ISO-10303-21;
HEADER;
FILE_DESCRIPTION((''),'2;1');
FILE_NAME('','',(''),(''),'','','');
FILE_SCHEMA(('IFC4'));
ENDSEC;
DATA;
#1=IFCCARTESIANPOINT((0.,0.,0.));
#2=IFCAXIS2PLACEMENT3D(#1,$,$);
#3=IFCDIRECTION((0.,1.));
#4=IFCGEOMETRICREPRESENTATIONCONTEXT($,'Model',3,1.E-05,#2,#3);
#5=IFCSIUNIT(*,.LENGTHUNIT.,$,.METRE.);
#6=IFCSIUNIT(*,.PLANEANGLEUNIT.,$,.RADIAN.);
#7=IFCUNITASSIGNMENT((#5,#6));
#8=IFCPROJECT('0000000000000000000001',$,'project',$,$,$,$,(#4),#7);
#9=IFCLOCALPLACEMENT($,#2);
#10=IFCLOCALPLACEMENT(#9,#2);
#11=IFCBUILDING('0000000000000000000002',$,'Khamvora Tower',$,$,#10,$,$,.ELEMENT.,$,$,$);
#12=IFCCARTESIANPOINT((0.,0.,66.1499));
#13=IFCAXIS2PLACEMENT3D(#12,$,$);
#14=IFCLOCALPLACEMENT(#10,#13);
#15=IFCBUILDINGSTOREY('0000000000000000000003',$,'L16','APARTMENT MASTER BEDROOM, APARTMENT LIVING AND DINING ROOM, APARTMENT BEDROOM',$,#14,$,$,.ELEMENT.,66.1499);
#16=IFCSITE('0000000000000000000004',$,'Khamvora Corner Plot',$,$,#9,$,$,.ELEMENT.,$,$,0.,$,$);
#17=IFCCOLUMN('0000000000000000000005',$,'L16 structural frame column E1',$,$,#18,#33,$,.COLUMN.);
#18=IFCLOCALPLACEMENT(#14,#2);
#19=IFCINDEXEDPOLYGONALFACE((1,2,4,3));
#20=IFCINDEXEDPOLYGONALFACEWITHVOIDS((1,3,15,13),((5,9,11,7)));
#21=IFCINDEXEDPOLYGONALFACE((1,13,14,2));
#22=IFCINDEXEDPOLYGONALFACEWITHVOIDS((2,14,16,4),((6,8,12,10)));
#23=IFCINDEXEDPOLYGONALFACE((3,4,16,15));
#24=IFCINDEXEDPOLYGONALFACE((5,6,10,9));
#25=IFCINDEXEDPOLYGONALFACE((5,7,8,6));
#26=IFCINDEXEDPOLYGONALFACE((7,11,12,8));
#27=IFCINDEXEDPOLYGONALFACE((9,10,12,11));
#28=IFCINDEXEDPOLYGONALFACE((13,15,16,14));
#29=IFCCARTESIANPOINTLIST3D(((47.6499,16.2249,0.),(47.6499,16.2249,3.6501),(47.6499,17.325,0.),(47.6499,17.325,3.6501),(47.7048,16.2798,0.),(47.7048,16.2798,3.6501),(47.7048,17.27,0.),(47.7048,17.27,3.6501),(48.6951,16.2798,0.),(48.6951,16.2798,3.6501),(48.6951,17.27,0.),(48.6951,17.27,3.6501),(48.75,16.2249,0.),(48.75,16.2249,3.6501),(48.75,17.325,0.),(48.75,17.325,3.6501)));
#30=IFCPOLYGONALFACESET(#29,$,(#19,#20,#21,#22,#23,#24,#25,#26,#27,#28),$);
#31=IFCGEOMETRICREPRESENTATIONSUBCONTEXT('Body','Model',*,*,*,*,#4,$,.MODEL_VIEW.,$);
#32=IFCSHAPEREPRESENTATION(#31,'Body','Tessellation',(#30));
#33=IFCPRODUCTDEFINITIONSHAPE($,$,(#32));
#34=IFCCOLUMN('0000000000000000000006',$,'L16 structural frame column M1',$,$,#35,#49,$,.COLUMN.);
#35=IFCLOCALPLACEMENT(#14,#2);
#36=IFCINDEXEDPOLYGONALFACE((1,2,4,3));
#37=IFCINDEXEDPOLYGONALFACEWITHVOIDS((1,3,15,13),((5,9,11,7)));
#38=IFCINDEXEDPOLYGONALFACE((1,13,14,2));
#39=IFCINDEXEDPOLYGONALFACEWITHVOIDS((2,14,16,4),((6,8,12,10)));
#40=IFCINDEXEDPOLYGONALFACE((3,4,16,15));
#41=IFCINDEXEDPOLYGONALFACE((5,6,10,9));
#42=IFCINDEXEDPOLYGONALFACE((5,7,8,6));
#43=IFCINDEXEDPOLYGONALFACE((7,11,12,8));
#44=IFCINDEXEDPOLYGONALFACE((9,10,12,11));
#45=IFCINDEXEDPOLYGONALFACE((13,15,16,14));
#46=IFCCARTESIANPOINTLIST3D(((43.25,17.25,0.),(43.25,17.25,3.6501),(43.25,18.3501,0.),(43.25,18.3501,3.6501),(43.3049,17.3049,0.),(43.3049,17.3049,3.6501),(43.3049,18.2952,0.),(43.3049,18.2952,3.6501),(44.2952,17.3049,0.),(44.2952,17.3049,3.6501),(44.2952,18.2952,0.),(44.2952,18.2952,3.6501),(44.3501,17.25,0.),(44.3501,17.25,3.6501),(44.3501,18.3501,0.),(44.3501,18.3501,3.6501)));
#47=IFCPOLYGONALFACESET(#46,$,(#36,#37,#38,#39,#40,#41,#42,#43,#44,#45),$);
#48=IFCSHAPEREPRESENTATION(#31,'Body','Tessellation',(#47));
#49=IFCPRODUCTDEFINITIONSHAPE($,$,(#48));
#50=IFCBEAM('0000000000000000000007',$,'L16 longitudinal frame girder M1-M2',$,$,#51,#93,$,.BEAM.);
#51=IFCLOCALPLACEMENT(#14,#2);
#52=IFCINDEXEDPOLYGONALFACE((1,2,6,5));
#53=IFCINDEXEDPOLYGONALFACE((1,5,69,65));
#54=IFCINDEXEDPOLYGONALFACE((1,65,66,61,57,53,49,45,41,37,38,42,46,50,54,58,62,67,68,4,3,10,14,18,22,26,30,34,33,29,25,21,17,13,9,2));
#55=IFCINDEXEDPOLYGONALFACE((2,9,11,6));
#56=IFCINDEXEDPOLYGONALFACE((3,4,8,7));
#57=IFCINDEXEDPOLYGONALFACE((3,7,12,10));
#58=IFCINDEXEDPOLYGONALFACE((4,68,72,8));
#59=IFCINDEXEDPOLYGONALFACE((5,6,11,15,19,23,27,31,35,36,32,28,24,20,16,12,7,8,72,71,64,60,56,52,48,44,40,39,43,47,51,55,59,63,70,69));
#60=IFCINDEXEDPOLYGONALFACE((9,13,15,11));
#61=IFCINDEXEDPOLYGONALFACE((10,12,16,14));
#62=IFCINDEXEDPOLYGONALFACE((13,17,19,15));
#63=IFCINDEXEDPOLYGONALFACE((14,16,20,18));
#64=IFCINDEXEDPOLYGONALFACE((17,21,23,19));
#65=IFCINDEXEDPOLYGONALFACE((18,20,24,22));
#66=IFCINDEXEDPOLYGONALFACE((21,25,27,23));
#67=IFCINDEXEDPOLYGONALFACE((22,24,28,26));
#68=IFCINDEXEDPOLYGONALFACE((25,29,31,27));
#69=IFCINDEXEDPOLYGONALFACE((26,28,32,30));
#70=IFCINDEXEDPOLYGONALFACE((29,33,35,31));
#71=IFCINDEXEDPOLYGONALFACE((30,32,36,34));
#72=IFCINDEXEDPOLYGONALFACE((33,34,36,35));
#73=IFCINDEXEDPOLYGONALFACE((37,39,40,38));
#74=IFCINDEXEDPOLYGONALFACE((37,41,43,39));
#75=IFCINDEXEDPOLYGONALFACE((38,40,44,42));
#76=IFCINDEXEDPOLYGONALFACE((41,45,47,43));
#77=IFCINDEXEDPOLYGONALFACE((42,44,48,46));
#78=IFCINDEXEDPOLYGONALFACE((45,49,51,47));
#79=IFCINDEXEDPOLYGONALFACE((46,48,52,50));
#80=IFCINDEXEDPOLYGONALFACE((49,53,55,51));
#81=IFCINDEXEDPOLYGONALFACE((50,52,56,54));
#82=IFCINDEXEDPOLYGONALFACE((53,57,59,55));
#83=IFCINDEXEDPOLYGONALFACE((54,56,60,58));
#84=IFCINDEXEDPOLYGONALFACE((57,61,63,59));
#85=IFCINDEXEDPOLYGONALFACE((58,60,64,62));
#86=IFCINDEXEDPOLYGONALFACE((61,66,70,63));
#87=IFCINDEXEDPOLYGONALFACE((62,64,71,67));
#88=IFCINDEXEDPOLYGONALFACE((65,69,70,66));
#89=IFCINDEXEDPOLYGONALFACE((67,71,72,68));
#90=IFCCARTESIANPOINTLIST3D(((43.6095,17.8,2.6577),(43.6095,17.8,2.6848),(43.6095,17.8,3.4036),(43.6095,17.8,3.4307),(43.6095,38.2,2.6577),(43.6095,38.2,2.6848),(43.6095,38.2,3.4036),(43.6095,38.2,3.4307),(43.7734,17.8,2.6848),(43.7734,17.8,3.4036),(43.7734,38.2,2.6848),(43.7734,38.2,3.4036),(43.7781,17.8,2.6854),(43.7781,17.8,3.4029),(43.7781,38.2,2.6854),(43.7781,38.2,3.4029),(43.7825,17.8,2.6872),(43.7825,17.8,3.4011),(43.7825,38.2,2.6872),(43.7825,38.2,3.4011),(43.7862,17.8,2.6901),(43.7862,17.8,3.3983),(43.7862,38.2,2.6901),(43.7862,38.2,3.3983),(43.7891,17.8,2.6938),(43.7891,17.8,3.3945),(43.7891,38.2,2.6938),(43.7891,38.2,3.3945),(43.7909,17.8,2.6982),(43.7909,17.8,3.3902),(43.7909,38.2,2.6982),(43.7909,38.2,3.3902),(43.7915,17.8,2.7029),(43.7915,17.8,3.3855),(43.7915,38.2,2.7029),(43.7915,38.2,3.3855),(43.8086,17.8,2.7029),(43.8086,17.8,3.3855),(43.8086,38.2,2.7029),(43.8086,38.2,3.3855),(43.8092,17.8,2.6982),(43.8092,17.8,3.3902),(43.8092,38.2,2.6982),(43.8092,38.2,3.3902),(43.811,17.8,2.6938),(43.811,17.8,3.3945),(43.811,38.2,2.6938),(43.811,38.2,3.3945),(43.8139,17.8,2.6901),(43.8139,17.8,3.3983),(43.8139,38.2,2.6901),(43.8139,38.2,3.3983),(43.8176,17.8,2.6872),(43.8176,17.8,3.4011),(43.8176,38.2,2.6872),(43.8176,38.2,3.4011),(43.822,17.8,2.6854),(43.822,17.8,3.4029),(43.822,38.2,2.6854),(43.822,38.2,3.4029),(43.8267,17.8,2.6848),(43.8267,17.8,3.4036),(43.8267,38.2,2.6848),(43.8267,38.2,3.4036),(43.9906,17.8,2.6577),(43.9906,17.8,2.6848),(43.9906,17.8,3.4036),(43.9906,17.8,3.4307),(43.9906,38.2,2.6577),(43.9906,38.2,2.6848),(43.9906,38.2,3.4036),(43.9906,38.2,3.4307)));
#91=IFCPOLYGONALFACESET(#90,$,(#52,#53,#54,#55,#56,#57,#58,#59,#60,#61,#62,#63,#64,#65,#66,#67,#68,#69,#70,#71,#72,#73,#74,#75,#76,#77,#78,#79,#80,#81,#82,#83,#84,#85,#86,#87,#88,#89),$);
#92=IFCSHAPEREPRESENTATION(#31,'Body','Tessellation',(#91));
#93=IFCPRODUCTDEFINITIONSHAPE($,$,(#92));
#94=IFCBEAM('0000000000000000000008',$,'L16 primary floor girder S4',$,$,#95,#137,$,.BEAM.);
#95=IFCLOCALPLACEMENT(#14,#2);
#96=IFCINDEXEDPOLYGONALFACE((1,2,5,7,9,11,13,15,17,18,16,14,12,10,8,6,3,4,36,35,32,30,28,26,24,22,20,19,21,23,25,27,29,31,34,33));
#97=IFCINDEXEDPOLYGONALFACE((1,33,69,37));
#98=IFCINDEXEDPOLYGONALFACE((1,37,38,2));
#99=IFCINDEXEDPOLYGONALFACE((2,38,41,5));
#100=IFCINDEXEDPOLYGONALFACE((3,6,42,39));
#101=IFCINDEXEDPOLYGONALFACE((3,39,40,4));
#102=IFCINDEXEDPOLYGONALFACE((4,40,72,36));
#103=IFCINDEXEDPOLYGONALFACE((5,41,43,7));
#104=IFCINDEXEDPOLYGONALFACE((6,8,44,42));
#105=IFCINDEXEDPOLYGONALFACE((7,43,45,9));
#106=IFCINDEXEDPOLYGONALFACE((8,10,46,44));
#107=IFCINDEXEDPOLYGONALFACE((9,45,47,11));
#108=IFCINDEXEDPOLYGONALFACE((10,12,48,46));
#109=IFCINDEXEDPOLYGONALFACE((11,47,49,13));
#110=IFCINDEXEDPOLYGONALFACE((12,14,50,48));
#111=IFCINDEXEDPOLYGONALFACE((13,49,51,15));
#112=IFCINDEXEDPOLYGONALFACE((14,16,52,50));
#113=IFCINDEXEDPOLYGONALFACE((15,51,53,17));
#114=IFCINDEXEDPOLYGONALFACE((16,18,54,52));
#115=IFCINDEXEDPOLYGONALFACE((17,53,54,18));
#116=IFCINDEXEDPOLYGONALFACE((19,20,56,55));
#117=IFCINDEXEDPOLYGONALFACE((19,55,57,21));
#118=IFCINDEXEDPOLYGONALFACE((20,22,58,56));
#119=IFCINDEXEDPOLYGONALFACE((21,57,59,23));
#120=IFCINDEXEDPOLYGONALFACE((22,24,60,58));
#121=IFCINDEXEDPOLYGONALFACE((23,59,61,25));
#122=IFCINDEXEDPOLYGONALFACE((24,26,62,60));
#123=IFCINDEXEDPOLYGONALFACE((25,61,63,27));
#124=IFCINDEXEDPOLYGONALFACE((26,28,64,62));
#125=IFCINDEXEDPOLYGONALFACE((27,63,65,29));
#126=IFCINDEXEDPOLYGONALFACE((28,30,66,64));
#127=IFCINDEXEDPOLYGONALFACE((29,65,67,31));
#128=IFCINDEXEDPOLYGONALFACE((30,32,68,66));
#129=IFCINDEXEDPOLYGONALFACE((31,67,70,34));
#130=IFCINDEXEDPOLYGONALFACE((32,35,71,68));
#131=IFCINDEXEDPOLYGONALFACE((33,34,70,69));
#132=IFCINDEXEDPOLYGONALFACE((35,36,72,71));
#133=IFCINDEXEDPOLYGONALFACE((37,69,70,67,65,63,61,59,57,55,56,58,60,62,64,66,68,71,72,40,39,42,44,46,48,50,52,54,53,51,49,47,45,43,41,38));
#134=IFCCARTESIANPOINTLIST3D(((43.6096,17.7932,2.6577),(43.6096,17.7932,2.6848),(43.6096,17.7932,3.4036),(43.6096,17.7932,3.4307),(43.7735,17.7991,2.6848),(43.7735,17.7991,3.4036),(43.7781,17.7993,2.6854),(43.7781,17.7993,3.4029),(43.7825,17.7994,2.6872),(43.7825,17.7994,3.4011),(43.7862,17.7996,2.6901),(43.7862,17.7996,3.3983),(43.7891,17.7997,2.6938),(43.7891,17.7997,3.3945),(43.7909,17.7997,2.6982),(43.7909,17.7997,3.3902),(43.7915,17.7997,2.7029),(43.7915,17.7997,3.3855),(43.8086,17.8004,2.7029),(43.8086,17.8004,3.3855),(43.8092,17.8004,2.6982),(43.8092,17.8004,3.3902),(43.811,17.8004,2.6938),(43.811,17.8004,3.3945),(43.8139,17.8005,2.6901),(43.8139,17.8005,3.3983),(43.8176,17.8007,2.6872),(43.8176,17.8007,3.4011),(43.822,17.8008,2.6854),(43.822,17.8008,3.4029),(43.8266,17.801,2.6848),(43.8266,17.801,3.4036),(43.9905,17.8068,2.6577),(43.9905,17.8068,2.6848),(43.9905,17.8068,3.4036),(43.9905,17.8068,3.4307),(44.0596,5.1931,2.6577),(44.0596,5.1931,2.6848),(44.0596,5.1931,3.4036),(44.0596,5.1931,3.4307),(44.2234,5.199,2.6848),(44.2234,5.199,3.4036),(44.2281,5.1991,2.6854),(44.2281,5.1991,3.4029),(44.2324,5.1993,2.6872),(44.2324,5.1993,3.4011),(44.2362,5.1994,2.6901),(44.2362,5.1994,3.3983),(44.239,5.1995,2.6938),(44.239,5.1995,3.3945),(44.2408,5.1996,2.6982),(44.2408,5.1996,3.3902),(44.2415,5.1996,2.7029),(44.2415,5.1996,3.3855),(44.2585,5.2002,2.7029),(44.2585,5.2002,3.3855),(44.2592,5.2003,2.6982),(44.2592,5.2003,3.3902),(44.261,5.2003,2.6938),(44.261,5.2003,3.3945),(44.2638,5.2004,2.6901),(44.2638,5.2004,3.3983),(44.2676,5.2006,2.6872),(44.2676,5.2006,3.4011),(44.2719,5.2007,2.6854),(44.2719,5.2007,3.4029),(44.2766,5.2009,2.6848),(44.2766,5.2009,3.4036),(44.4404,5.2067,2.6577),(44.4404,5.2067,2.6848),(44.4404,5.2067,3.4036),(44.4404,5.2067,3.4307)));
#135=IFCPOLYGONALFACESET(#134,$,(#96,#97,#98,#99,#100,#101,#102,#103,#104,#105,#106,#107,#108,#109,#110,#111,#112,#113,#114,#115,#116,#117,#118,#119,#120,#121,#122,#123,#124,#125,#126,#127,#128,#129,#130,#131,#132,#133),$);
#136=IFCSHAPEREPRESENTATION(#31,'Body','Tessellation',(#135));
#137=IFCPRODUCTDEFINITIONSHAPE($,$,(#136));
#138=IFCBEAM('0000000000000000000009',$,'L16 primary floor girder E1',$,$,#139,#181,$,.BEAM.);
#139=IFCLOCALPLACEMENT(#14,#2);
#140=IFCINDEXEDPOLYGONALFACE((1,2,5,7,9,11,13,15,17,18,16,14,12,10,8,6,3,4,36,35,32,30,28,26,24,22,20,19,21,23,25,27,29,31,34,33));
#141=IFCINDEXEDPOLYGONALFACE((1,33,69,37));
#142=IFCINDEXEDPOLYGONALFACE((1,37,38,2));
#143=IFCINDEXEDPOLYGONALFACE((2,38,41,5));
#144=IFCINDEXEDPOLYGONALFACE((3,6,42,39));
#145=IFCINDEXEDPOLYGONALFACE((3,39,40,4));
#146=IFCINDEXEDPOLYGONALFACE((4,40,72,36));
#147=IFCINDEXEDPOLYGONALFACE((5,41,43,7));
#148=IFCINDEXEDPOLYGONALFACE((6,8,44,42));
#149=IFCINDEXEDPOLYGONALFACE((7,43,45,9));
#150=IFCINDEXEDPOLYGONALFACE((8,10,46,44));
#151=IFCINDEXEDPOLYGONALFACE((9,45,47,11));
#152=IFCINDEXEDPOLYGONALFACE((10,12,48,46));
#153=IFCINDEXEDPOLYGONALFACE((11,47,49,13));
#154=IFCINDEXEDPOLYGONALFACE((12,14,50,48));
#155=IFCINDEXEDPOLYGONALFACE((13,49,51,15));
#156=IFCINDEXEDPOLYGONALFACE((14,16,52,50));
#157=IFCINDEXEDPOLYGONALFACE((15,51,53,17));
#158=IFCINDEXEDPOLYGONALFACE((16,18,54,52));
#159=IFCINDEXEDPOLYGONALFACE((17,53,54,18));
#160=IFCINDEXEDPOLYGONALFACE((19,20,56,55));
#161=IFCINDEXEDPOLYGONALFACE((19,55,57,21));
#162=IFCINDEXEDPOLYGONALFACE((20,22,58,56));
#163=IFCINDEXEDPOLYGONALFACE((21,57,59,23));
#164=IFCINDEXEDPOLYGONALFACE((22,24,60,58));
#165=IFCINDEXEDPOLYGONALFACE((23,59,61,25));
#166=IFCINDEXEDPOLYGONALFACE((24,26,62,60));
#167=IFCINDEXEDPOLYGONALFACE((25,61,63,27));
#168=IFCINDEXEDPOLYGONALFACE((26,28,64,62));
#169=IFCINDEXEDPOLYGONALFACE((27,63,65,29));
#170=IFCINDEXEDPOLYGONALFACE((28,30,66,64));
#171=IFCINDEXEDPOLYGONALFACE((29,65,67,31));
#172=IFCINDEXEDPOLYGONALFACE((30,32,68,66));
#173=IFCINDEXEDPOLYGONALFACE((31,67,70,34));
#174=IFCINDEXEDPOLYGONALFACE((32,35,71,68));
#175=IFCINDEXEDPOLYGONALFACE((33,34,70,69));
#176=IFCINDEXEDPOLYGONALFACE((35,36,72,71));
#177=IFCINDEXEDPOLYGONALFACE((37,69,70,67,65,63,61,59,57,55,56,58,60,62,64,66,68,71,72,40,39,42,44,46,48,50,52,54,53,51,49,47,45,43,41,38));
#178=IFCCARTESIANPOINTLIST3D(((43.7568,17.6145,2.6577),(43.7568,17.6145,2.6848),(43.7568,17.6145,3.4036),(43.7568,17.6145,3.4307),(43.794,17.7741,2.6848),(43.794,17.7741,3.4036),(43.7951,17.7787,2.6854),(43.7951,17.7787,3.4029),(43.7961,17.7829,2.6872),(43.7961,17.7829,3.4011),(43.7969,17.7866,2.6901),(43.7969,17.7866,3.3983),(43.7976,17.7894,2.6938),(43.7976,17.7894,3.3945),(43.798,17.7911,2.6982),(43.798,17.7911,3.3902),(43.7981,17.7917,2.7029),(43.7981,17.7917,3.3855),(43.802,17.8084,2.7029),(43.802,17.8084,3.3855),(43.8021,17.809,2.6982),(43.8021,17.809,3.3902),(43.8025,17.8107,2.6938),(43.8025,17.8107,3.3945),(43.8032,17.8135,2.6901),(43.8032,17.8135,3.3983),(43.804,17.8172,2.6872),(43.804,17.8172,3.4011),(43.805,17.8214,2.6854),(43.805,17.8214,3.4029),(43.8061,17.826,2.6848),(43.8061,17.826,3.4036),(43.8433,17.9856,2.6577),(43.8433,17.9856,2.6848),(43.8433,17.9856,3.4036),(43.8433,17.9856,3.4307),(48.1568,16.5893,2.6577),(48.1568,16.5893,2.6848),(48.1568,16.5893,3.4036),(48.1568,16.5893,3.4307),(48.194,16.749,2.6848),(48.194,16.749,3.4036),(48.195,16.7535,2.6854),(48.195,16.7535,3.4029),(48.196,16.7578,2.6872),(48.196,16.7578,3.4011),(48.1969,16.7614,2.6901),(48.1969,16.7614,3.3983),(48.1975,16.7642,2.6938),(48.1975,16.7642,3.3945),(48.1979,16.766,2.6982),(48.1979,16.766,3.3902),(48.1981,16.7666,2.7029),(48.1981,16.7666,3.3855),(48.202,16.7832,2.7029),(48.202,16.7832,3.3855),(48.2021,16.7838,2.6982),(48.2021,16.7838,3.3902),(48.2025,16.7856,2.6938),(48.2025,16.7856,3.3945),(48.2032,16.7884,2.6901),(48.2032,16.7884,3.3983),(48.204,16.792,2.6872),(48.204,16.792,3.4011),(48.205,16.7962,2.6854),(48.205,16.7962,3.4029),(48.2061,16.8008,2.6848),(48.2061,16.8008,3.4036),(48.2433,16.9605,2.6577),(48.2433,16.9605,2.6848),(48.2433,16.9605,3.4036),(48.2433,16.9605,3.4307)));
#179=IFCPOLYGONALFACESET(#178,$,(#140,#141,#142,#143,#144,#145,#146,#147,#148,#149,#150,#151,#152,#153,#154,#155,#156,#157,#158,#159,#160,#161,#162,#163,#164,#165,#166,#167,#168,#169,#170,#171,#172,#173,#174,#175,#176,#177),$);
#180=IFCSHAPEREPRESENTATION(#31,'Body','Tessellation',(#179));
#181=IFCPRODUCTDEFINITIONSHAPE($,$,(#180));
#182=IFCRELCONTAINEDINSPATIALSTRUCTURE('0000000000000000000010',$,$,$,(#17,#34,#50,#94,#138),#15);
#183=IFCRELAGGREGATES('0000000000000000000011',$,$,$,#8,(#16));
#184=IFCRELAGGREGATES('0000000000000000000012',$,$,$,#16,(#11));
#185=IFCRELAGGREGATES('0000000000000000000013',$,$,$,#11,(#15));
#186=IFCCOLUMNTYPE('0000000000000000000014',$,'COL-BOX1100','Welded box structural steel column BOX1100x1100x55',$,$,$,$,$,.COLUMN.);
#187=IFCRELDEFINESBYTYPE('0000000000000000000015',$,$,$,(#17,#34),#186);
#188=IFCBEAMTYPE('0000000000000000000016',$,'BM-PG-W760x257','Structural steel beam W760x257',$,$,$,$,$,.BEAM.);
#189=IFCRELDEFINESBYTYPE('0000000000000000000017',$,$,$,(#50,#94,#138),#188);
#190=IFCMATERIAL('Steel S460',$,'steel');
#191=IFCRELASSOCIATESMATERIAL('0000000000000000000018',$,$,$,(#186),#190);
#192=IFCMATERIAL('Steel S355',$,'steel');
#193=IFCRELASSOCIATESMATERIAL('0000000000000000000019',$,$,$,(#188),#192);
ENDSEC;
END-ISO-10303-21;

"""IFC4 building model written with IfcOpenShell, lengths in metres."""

from ifc_helpers import new_model, si_unit, direction, frame, origin, origin_2d, place, context, subcontext, project, spatial, hollow_rectangle, i_section, extrude, material, material_profile, profile_set, type_object, element, save


model = new_model("IFC4")

# Units and contexts
model_context = context("Model", 3, precision=1e-05, world=origin(), true_north=direction((0.0, 1.0)))
body_context = subcontext(model_context, "Body", "Model", "MODEL_VIEW")
ifc_project = project(units=[si_unit("LENGTHUNIT", "METRE"), si_unit("PLANEANGLEUNIT", "RADIAN")], contexts=[model_context])

# Site, building, storey
site_placement = place(None, origin())
site = spatial("IfcSite", under=ifc_project, at=site_placement, Name="Khamvora Corner Plot", CompositionType="ELEMENT", RefElevation=0.0)
building_placement = place(site_placement, origin())
building = spatial("IfcBuilding", under=site, at=building_placement, Name="Khamvora Tower", CompositionType="ELEMENT")
storey_placement = place(building_placement, frame((0.0, 0.0, 66.1499)))
storey = spatial("IfcBuildingStorey", under=building, at=storey_placement, Name="L16", Description="APARTMENT MASTER BEDROOM, APARTMENT LIVING AND DINING ROOM, APARTMENT BEDROOM", CompositionType="ELEMENT", Elevation=66.1499)

# Columns
ifc_material_1 = material(Name="Steel S460", Category="steel")
ifc_material_profile_1 = material_profile(ifc_material_1, hollow_rectangle(XDim=1.1001, YDim=1.1001, WallThickness=0.0549, at=origin_2d()), Name="BOX1100x1100x55")
ifc_profile_set_1 = profile_set([ifc_material_profile_1], Name="Steel S460")
column_type = type_object("IfcColumnType", Name="COL-BOX1100", Description="Welded box structural steel column BOX1100x1100x55", PredefinedType="COLUMN", material=ifc_profile_set_1)
for number, where, z_axis, x_axis, name in (
    (1, (48.2, 16.7749, 0.0), (0.0, 0.0, 1.0), (1.0, 0.0, 0.0), "L16 structural frame column E1"),
    (2, (43.8, 17.8, 0.0), (0.0, 0.0, 1.0), (1.0, 0.0, 0.0), "L16 structural frame column M1"),
):
    element("IfcColumn", number, at=place(storey_placement, frame(where, z_axis=z_axis, x_axis=x_axis)), inside=storey, type_object=column_type, Name=name, PredefinedType="COLUMN", context=body_context, shape_type="SweptSolid", body=[
        extrude(hollow_rectangle(XDim=1.1001, YDim=1.1001, WallThickness=0.0549, at=origin_2d()), origin(), (0.0, 0.0, 1.0), 3.6501),
    ])

# Beams
ifc_material_2 = material(Name="Steel S355", Category="steel")
ifc_material_profile_2 = material_profile(ifc_material_2, i_section(OverallWidth=0.3811, OverallDepth=0.7729, WebThickness=0.0171, FlangeThickness=0.0271, FilletRadius=0.0181, at=origin_2d()), Name="W760x257")
ifc_profile_set_2 = profile_set([ifc_material_profile_2], Name="Steel S355")
beam_type_1 = type_object("IfcBeamType", Name="BM-PG-W760x257", Description="Structural steel beam W760x257", PredefinedType="BEAM", material=ifc_profile_set_2)
beam_1_placement = place(storey_placement, frame((43.8, 17.8, 3.0442), z_axis=(0.0, 1.0, 0.0), x_axis=(-1.0, 0.0, 0.0)))
element("IfcBeam", 3, at=beam_1_placement, inside=storey, type_object=beam_type_1, Name="L16 longitudinal frame girder M1-M2", PredefinedType="BEAM", context=body_context, shape_type="SweptSolid", body=[
    extrude(i_section(OverallWidth=0.3811, OverallDepth=0.7729, WebThickness=0.0171, FlangeThickness=0.0271, FilletRadius=0.0181, at=origin_2d()), origin(), (0.0, 0.0, 1.0), 20.3999),
])
beam_2_placement = place(storey_placement, frame((43.8, 17.8, 3.0442), z_axis=(0.035687, -0.999363, 0.0), x_axis=(0.999363, 0.035687, 0.0)))
element("IfcBeam", 4, at=beam_2_placement, inside=storey, type_object=beam_type_1, Name="L16 primary floor girder S4", PredefinedType="BEAM", context=body_context, shape_type="SweptSolid", body=[
    extrude(i_section(OverallWidth=0.3811, OverallDepth=0.7729, WebThickness=0.0171, FlangeThickness=0.0271, FilletRadius=0.0181, at=origin_2d()), origin(), (0.0, 0.0, 1.0), 12.6082),
])
beam_3_placement = place(storey_placement, frame((43.8, 17.8, 3.0442), z_axis=(0.973915, -0.226915, 0.0), x_axis=(0.226915, 0.973915, 0.0)))
element("IfcBeam", 5, at=beam_3_placement, inside=storey, type_object=beam_type_1, Name="L16 primary floor girder E1", PredefinedType="BEAM", context=body_context, shape_type="SweptSolid", body=[
    extrude(i_section(OverallWidth=0.3811, OverallDepth=0.7729, WebThickness=0.0171, FlangeThickness=0.0271, FilletRadius=0.0181, at=origin_2d()), origin(), (0.0, 0.0, 1.0), 4.5178),
])

save(model, "model.ifc")
